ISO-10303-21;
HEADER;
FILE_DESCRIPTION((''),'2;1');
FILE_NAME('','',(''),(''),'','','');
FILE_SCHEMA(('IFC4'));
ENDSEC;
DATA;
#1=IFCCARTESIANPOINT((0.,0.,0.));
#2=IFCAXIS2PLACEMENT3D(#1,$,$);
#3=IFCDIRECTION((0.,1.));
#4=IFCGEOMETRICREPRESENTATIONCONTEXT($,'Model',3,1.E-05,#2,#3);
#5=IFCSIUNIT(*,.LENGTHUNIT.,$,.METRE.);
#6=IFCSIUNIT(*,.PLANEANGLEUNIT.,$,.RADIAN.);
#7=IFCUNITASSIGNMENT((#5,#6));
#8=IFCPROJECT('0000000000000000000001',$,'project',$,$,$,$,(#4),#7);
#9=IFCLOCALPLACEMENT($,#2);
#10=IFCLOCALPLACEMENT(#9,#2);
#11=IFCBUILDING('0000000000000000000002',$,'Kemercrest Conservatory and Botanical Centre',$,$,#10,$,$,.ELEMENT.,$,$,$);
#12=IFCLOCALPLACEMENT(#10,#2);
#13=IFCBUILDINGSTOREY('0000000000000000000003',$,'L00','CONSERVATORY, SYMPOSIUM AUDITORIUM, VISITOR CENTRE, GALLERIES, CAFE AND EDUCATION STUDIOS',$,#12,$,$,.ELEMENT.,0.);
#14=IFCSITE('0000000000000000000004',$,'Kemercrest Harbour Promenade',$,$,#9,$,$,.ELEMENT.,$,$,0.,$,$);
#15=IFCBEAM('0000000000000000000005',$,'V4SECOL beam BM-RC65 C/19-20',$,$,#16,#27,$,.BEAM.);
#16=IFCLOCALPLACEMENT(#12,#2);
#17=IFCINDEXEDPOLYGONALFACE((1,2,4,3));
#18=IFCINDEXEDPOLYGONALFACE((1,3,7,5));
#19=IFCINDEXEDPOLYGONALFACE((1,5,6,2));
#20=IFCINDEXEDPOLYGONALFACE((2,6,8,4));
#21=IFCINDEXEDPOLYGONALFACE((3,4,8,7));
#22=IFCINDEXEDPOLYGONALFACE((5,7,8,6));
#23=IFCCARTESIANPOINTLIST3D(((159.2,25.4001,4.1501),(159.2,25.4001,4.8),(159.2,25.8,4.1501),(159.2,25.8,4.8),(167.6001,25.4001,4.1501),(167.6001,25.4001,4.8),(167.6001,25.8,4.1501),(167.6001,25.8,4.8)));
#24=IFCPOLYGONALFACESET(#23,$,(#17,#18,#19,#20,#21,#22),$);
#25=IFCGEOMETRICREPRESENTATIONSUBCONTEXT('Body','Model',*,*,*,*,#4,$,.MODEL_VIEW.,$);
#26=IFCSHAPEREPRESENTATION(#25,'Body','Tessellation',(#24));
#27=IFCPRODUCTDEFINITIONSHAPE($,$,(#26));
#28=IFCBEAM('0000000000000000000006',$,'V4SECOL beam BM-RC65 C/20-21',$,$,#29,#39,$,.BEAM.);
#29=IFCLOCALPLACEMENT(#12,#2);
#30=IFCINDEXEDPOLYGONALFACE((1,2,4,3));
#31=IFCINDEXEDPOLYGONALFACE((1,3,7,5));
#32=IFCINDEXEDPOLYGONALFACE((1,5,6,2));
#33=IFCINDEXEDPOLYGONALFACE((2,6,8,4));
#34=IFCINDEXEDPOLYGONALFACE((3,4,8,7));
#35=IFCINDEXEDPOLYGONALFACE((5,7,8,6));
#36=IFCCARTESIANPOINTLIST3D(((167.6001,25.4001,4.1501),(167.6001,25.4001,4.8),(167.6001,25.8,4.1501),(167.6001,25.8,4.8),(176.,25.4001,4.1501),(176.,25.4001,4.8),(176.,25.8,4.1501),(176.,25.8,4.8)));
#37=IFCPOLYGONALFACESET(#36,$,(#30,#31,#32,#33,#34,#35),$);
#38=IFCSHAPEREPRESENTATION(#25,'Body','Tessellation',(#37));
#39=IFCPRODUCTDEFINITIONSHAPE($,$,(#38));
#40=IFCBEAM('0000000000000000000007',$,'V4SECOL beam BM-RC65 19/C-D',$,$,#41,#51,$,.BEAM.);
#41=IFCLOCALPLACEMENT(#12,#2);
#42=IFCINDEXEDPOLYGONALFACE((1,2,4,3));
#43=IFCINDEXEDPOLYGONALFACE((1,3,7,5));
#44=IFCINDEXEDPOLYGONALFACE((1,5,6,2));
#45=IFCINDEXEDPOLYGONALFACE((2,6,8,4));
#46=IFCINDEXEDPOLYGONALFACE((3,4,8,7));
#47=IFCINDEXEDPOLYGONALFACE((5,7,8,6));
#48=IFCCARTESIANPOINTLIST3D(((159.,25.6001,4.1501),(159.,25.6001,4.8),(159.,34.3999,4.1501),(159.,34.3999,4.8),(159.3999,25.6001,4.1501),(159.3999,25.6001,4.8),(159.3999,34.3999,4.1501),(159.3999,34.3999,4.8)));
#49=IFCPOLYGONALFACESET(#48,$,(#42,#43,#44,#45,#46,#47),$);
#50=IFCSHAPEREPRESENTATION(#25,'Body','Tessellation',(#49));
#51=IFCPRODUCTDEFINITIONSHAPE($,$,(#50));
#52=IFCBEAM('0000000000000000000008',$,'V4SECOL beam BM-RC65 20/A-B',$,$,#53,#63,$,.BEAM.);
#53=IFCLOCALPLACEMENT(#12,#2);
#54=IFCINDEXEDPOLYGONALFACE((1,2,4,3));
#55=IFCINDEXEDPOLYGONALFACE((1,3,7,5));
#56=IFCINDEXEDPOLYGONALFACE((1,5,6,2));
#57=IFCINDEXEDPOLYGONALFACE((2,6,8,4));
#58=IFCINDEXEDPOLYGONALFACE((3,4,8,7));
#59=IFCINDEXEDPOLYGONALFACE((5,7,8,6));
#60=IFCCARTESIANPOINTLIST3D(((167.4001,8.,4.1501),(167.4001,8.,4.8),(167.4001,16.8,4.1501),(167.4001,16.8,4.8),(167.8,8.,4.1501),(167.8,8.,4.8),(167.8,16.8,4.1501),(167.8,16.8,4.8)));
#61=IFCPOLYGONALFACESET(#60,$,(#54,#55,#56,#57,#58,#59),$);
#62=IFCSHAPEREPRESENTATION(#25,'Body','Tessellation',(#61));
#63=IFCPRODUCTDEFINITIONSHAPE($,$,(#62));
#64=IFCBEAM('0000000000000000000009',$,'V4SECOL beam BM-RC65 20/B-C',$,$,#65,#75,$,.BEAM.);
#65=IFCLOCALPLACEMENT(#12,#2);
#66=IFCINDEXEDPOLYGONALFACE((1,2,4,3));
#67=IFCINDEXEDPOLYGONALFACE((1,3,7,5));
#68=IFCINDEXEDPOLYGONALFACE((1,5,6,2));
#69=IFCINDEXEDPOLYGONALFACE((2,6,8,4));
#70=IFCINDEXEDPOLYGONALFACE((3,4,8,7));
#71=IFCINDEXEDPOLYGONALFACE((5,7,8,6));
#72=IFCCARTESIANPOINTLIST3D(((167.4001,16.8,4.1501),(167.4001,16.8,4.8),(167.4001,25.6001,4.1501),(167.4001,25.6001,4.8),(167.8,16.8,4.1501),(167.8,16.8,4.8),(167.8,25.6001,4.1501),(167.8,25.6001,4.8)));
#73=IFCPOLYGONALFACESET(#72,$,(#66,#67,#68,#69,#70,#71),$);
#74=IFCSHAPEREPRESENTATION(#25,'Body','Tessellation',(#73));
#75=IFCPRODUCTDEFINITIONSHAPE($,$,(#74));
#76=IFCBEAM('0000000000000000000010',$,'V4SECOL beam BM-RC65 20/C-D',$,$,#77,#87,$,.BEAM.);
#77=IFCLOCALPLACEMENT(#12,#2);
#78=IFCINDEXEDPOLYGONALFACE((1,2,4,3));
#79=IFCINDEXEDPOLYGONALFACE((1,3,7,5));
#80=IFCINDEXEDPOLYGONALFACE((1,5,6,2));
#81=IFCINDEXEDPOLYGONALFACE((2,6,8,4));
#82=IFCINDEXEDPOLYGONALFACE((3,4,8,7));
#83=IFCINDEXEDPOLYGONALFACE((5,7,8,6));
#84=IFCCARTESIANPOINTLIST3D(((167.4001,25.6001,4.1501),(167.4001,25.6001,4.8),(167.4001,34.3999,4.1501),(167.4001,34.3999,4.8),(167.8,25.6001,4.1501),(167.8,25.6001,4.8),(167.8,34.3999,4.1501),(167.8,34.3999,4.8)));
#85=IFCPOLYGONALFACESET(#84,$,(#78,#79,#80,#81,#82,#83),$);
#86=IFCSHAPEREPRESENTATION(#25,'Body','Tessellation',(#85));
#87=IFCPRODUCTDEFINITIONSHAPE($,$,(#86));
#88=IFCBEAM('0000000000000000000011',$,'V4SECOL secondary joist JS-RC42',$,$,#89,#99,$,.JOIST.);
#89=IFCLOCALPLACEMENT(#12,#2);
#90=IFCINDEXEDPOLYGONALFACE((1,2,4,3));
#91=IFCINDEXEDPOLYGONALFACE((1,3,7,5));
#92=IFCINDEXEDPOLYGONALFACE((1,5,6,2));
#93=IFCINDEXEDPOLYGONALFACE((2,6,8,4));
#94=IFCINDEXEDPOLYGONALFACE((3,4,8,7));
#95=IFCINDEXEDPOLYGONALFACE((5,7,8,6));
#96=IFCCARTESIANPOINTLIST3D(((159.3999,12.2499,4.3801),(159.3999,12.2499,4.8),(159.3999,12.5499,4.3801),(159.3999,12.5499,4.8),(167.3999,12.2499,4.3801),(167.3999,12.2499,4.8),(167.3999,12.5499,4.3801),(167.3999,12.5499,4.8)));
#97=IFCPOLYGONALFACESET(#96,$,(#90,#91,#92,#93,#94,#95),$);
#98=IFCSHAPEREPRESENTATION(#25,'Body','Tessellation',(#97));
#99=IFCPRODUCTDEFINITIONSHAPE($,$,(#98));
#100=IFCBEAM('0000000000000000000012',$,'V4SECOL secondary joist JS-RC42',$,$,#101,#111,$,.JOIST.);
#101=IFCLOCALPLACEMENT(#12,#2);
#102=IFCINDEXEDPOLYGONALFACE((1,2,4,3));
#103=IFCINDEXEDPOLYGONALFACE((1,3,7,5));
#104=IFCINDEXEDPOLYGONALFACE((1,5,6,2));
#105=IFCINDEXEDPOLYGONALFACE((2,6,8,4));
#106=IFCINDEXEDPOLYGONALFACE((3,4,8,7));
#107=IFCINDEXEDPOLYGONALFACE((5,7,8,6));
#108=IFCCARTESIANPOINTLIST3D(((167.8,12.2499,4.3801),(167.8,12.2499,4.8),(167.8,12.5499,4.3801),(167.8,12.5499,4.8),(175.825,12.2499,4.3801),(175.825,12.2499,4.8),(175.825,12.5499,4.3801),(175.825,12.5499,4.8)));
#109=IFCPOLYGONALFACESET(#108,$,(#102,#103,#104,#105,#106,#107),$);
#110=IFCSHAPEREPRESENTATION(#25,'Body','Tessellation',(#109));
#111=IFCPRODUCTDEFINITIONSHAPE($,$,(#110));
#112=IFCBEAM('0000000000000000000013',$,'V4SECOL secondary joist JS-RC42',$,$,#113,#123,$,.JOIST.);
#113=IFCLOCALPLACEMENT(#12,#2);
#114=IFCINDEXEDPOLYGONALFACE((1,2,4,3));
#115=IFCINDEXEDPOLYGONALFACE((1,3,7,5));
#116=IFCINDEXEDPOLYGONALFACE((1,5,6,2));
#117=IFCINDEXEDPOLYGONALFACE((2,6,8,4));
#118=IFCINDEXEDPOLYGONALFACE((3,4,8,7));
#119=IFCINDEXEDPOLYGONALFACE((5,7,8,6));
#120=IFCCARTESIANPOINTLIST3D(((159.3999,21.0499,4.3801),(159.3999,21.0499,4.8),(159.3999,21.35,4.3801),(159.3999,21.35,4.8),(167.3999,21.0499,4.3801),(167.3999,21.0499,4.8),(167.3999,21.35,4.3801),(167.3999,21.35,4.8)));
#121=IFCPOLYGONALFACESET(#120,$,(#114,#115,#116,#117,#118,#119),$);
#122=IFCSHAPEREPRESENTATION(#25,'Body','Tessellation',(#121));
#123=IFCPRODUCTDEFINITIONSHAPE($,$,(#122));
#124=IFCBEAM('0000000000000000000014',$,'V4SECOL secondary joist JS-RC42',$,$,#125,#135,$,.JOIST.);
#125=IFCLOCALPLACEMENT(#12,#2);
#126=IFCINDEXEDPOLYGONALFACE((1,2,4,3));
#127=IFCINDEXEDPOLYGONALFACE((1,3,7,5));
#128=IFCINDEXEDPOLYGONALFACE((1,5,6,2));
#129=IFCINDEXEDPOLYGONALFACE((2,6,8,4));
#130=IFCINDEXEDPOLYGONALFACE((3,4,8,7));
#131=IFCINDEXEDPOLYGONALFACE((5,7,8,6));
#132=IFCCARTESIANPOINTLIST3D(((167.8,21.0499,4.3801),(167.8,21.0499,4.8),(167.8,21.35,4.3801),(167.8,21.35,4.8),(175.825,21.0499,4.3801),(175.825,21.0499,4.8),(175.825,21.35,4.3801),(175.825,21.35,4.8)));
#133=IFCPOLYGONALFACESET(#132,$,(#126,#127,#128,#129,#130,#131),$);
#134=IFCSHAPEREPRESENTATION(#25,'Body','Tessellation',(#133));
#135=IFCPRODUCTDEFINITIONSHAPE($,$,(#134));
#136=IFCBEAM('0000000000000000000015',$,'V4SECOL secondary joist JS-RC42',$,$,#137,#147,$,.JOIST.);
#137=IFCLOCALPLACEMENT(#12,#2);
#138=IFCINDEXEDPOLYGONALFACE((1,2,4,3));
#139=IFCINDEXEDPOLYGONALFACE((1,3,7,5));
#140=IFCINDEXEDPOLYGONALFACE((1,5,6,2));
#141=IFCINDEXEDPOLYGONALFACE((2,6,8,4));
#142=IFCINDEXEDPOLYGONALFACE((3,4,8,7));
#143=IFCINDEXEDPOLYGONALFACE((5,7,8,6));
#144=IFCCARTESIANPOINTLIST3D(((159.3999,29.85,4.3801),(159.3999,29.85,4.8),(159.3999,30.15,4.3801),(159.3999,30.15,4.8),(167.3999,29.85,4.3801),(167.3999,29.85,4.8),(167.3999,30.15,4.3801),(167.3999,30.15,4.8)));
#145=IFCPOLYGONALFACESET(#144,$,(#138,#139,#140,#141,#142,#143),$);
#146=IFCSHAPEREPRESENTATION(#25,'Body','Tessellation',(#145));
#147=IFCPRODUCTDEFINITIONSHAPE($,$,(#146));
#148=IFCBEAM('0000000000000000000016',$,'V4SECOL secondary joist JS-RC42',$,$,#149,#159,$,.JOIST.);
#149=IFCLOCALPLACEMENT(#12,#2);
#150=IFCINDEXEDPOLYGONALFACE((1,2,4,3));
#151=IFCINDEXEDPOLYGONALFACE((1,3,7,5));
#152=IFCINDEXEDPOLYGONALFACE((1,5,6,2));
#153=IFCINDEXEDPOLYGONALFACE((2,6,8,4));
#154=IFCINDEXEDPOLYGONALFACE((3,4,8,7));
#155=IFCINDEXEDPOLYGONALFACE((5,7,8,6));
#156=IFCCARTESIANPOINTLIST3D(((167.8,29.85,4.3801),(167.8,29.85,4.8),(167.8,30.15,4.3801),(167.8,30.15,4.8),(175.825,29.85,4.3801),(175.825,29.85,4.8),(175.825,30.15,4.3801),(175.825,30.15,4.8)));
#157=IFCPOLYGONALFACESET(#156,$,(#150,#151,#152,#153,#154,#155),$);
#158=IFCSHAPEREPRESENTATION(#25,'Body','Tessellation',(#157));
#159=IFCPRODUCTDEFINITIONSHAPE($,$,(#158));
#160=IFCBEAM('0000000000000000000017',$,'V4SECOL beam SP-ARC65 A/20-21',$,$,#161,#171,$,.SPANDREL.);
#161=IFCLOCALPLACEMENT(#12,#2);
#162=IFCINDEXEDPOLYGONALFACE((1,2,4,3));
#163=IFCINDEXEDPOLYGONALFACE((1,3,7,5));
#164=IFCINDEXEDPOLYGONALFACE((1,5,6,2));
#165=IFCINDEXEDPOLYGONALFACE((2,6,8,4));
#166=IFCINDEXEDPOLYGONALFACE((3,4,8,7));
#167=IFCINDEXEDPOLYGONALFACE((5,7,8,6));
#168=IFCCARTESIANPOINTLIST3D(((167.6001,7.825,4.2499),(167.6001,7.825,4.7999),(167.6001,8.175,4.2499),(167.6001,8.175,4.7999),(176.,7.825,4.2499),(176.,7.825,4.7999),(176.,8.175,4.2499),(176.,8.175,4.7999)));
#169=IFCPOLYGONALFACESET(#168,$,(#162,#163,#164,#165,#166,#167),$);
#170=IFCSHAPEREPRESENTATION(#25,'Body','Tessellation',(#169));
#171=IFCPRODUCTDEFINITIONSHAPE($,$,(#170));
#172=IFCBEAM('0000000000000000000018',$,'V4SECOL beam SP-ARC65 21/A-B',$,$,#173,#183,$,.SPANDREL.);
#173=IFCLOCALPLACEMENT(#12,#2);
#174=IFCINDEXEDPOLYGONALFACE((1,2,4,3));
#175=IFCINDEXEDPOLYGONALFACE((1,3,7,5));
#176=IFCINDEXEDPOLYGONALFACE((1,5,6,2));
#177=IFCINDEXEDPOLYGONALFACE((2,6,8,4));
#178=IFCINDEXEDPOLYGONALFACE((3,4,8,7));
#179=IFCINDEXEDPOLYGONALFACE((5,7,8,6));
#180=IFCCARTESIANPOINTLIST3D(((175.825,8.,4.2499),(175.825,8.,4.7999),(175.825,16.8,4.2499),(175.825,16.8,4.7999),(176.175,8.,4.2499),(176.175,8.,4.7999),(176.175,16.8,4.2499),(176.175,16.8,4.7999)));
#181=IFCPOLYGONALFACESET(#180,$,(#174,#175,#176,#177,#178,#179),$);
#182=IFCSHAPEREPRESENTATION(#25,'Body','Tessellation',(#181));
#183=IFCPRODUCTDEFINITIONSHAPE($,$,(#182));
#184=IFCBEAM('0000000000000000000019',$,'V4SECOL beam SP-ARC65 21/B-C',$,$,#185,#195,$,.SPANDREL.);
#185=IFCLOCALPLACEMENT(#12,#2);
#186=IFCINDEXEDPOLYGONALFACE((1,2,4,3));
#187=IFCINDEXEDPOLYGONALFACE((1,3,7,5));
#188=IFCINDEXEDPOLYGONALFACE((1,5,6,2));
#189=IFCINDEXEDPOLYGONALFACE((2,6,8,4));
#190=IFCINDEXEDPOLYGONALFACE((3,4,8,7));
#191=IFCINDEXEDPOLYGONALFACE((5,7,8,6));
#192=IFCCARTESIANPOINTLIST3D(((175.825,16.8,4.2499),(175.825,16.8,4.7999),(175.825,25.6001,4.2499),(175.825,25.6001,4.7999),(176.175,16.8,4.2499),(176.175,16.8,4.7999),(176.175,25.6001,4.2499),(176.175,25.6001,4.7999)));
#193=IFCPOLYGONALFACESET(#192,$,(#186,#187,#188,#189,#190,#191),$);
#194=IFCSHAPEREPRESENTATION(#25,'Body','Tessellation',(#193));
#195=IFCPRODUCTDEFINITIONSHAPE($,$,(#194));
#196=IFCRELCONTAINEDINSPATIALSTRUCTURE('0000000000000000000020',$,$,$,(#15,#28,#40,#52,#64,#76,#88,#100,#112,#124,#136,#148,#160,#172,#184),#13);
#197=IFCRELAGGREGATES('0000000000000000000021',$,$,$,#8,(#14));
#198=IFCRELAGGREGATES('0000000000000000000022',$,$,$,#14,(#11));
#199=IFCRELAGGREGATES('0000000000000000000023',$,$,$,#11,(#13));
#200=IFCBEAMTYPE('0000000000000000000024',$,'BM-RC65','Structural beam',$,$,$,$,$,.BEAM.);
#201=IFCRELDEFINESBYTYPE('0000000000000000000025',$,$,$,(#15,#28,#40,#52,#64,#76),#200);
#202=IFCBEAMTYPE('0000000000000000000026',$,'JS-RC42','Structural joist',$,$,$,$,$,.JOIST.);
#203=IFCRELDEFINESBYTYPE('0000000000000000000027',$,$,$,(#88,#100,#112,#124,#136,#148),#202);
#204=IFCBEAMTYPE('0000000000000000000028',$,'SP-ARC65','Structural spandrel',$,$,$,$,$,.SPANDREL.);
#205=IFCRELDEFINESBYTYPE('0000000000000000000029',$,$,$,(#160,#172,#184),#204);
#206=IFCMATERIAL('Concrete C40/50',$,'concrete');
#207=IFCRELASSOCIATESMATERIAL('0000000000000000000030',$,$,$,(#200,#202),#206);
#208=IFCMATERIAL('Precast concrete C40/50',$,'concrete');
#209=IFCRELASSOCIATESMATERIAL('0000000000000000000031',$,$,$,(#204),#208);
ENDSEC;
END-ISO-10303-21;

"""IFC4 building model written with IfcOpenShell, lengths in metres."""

from ifc_helpers import new_model, si_unit, direction, frame, origin, origin_2d, place, context, subcontext, project, spatial, rectangle, extrude, material, material_profile, profile_set, type_object, element, save


model = new_model("IFC4")

# Units and contexts
model_context = context("Model", 3, precision=1e-05, world=origin(), true_north=direction((0.0, 1.0)))
body_context = subcontext(model_context, "Body", "Model", "MODEL_VIEW")
ifc_project = project(units=[si_unit("LENGTHUNIT", "METRE"), si_unit("PLANEANGLEUNIT", "RADIAN")], contexts=[model_context])

# Site, building, storey
site_placement = place(None, origin())
site = spatial("IfcSite", under=ifc_project, at=site_placement, Name="Kemercrest Harbour Promenade", CompositionType="ELEMENT", RefElevation=0.0)
building_placement = place(site_placement, origin())
building = spatial("IfcBuilding", under=site, at=building_placement, Name="Kemercrest Conservatory and Botanical Centre", CompositionType="ELEMENT")
storey_placement = place(building_placement, origin())
storey = spatial("IfcBuildingStorey", under=building, at=storey_placement, Name="L00", Description="CONSERVATORY, SYMPOSIUM AUDITORIUM, VISITOR CENTRE, GALLERIES, CAFE AND EDUCATION STUDIOS", CompositionType="ELEMENT", Elevation=0.0)

# Shared definitions
ifc_material_1 = material(Name="Concrete C40/50", Category="concrete")
ifc_material_2 = material(Name="Precast concrete C40/50", Category="concrete")

# Beams
ifc_material_profile_1 = material_profile(ifc_material_1, rectangle(XDim=0.3999, YDim=0.6499, at=origin_2d()), Name="RC 400x650")
ifc_profile_set_1 = profile_set([ifc_material_profile_1], Name="Concrete C40/50")
beam_type_1 = type_object("IfcBeamType", Name="BM-RC65", Description="Structural beam", PredefinedType="BEAM", material=ifc_profile_set_1)
beam_1_placement = place(storey_placement, frame((159.2, 25.6001, 4.4751), z_axis=(1.0, 0.0, 0.0), x_axis=(0.0, 1.0, 0.0)))
element("IfcBeam", 1, at=beam_1_placement, inside=storey, type_object=beam_type_1, Name="V4SECOL beam BM-RC65 C/19-20", PredefinedType="BEAM", context=body_context, shape_type="SweptSolid", body=[
    extrude(rectangle(XDim=0.3999, YDim=0.6499, at=origin_2d()), origin(), (0.0, 0.0, 1.0), 8.4001),
])
beam_2_placement = place(storey_placement, frame((167.6001, 25.6001, 4.4751), z_axis=(1.0, 0.0, 0.0), x_axis=(0.0, 1.0, 0.0)))
element("IfcBeam", 2, at=beam_2_placement, inside=storey, type_object=beam_type_1, Name="V4SECOL beam BM-RC65 C/20-21", PredefinedType="BEAM", context=body_context, shape_type="SweptSolid", body=[
    extrude(rectangle(XDim=0.3999, YDim=0.6499, at=origin_2d()), origin(), (0.0, 0.0, 1.0), 8.3999),
])
beam_3_placement = place(storey_placement, frame((159.2, 25.6001, 4.4751), z_axis=(0.0, 1.0, 0.0), x_axis=(-1.0, 0.0, 0.0)))
element("IfcBeam", 3, at=beam_3_placement, inside=storey, type_object=beam_type_1, Name="V4SECOL beam BM-RC65 19/C-D", PredefinedType="BEAM", context=body_context, shape_type="SweptSolid", body=[
    extrude(rectangle(XDim=0.3999, YDim=0.6499, at=origin_2d()), origin(), (0.0, 0.0, 1.0), 8.7998),
])
for number, where, z_axis, x_axis, name in (
    (4, (167.6001, 8.0, 4.4751), (0.0, 1.0, 0.0), (-1.0, 0.0, 0.0), "V4SECOL beam BM-RC65 20/A-B"),
    (5, (167.6001, 16.8, 4.4751), (0.0, 1.0, 0.0), (-1.0, 0.0, 0.0), "V4SECOL beam BM-RC65 20/B-C"),
):
    element("IfcBeam", number, at=place(storey_placement, frame(where, z_axis=z_axis, x_axis=x_axis)), inside=storey, type_object=beam_type_1, Name=name, PredefinedType="BEAM", context=body_context, shape_type="SweptSolid", body=[
        extrude(rectangle(XDim=0.3999, YDim=0.6499, at=origin_2d()), origin(), (0.0, 0.0, 1.0), 8.8),
    ])
beam_4_placement = place(storey_placement, frame((167.6001, 25.6001, 4.4751), z_axis=(0.0, 1.0, 0.0), x_axis=(-1.0, 0.0, 0.0)))
element("IfcBeam", 6, at=beam_4_placement, inside=storey, type_object=beam_type_1, Name="V4SECOL beam BM-RC65 20/C-D", PredefinedType="BEAM", context=body_context, shape_type="SweptSolid", body=[
    extrude(rectangle(XDim=0.3999, YDim=0.6499, at=origin_2d()), origin(), (0.0, 0.0, 1.0), 8.7998),
])
ifc_material_profile_2 = material_profile(ifc_material_1, rectangle(XDim=0.3, YDim=0.4199, at=origin_2d()), Name="RC 300x420")
ifc_profile_set_2 = profile_set([ifc_material_profile_2], Name="Concrete C40/50")
beam_type_2 = type_object("IfcBeamType", Name="JS-RC42", Description="Structural joist", PredefinedType="JOIST", material=ifc_profile_set_2)
beam_5_placement = place(storey_placement, frame((159.3999, 12.3999, 4.5901), z_axis=(1.0, 0.0, 0.0), x_axis=(0.0, 1.0, 0.0)))
element("IfcBeam", 7, at=beam_5_placement, inside=storey, type_object=beam_type_2, Name="V4SECOL secondary joist JS-RC42", PredefinedType="JOIST", context=body_context, shape_type="SweptSolid", body=[
    extrude(rectangle(XDim=0.3, YDim=0.4199, at=origin_2d()), origin(), (0.0, 0.0, 1.0), 8.0),
])
beam_6_placement = place(storey_placement, frame((167.8, 12.3999, 4.5901), z_axis=(1.0, 0.0, 0.0), x_axis=(0.0, 1.0, 0.0)))
element("IfcBeam", 8, at=beam_6_placement, inside=storey, type_object=beam_type_2, Name="V4SECOL secondary joist JS-RC42", PredefinedType="JOIST", context=body_context, shape_type="SweptSolid", body=[
    extrude(rectangle(XDim=0.3, YDim=0.4199, at=origin_2d()), origin(), (0.0, 0.0, 1.0), 8.0249),
])
beam_7_placement = place(storey_placement, frame((159.3999, 21.2, 4.5901), z_axis=(1.0, 0.0, 0.0), x_axis=(0.0, 1.0, 0.0)))
element("IfcBeam", 9, at=beam_7_placement, inside=storey, type_object=beam_type_2, Name="V4SECOL secondary joist JS-RC42", PredefinedType="JOIST", context=body_context, shape_type="SweptSolid", body=[
    extrude(rectangle(XDim=0.3, YDim=0.4199, at=origin_2d()), origin(), (0.0, 0.0, 1.0), 8.0),
])
beam_8_placement = place(storey_placement, frame((167.8, 21.2, 4.5901), z_axis=(1.0, 0.0, 0.0), x_axis=(0.0, 1.0, 0.0)))
element("IfcBeam", 10, at=beam_8_placement, inside=storey, type_object=beam_type_2, Name="V4SECOL secondary joist JS-RC42", PredefinedType="JOIST", context=body_context, shape_type="SweptSolid", body=[
    extrude(rectangle(XDim=0.3, YDim=0.4199, at=origin_2d()), origin(), (0.0, 0.0, 1.0), 8.0249),
])
beam_9_placement = place(storey_placement, frame((159.3999, 30.0, 4.5901), z_axis=(1.0, 0.0, 0.0), x_axis=(0.0, 1.0, 0.0)))
element("IfcBeam", 11, at=beam_9_placement, inside=storey, type_object=beam_type_2, Name="V4SECOL secondary joist JS-RC42", PredefinedType="JOIST", context=body_context, shape_type="SweptSolid", body=[
    extrude(rectangle(XDim=0.3, YDim=0.4199, at=origin_2d()), origin(), (0.0, 0.0, 1.0), 8.0),
])
beam_10_placement = place(storey_placement, frame((167.8, 30.0, 4.5901), z_axis=(1.0, 0.0, 0.0), x_axis=(0.0, 1.0, 0.0)))
element("IfcBeam", 12, at=beam_10_placement, inside=storey, type_object=beam_type_2, Name="V4SECOL secondary joist JS-RC42", PredefinedType="JOIST", context=body_context, shape_type="SweptSolid", body=[
    extrude(rectangle(XDim=0.3, YDim=0.4199, at=origin_2d()), origin(), (0.0, 0.0, 1.0), 8.0249),
])
ifc_material_profile_3 = material_profile(ifc_material_2, rectangle(XDim=0.3501, YDim=0.55, at=origin_2d()), Name="RC 350x550")
ifc_profile_set_3 = profile_set([ifc_material_profile_3], Name="Precast concrete C40/50")
beam_type_3 = type_object("IfcBeamType", Name="SP-ARC65", Description="Structural spandrel", PredefinedType="SPANDREL", material=ifc_profile_set_3)
beam_11_placement = place(storey_placement, frame((167.6001, 8.0, 4.5249), z_axis=(1.0, 0.0, 0.0), x_axis=(0.0, 1.0, 0.0)))
element("IfcBeam", 13, at=beam_11_placement, inside=storey, type_object=beam_type_3, Name="V4SECOL beam SP-ARC65 A/20-21", PredefinedType="SPANDREL", context=body_context, shape_type="SweptSolid", body=[
    extrude(rectangle(XDim=0.3501, YDim=0.55, at=origin_2d()), origin(), (0.0, 0.0, 1.0), 8.3999),
])
for number, where, z_axis, x_axis, name in (
    (14, (176.0, 8.0, 4.5249), (0.0, 1.0, 0.0), (-1.0, 0.0, 0.0), "V4SECOL beam SP-ARC65 21/A-B"),
    (15, (176.0, 16.8, 4.5249), (0.0, 1.0, 0.0), (-1.0, 0.0, 0.0), "V4SECOL beam SP-ARC65 21/B-C"),
):
    element("IfcBeam", number, at=place(storey_placement, frame(where, z_axis=z_axis, x_axis=x_axis)), inside=storey, type_object=beam_type_3, Name=name, PredefinedType="SPANDREL", context=body_context, shape_type="SweptSolid", body=[
        extrude(rectangle(XDim=0.3501, YDim=0.55, at=origin_2d()), origin(), (0.0, 0.0, 1.0), 8.8),
    ])

save(model, "model.ifc")
